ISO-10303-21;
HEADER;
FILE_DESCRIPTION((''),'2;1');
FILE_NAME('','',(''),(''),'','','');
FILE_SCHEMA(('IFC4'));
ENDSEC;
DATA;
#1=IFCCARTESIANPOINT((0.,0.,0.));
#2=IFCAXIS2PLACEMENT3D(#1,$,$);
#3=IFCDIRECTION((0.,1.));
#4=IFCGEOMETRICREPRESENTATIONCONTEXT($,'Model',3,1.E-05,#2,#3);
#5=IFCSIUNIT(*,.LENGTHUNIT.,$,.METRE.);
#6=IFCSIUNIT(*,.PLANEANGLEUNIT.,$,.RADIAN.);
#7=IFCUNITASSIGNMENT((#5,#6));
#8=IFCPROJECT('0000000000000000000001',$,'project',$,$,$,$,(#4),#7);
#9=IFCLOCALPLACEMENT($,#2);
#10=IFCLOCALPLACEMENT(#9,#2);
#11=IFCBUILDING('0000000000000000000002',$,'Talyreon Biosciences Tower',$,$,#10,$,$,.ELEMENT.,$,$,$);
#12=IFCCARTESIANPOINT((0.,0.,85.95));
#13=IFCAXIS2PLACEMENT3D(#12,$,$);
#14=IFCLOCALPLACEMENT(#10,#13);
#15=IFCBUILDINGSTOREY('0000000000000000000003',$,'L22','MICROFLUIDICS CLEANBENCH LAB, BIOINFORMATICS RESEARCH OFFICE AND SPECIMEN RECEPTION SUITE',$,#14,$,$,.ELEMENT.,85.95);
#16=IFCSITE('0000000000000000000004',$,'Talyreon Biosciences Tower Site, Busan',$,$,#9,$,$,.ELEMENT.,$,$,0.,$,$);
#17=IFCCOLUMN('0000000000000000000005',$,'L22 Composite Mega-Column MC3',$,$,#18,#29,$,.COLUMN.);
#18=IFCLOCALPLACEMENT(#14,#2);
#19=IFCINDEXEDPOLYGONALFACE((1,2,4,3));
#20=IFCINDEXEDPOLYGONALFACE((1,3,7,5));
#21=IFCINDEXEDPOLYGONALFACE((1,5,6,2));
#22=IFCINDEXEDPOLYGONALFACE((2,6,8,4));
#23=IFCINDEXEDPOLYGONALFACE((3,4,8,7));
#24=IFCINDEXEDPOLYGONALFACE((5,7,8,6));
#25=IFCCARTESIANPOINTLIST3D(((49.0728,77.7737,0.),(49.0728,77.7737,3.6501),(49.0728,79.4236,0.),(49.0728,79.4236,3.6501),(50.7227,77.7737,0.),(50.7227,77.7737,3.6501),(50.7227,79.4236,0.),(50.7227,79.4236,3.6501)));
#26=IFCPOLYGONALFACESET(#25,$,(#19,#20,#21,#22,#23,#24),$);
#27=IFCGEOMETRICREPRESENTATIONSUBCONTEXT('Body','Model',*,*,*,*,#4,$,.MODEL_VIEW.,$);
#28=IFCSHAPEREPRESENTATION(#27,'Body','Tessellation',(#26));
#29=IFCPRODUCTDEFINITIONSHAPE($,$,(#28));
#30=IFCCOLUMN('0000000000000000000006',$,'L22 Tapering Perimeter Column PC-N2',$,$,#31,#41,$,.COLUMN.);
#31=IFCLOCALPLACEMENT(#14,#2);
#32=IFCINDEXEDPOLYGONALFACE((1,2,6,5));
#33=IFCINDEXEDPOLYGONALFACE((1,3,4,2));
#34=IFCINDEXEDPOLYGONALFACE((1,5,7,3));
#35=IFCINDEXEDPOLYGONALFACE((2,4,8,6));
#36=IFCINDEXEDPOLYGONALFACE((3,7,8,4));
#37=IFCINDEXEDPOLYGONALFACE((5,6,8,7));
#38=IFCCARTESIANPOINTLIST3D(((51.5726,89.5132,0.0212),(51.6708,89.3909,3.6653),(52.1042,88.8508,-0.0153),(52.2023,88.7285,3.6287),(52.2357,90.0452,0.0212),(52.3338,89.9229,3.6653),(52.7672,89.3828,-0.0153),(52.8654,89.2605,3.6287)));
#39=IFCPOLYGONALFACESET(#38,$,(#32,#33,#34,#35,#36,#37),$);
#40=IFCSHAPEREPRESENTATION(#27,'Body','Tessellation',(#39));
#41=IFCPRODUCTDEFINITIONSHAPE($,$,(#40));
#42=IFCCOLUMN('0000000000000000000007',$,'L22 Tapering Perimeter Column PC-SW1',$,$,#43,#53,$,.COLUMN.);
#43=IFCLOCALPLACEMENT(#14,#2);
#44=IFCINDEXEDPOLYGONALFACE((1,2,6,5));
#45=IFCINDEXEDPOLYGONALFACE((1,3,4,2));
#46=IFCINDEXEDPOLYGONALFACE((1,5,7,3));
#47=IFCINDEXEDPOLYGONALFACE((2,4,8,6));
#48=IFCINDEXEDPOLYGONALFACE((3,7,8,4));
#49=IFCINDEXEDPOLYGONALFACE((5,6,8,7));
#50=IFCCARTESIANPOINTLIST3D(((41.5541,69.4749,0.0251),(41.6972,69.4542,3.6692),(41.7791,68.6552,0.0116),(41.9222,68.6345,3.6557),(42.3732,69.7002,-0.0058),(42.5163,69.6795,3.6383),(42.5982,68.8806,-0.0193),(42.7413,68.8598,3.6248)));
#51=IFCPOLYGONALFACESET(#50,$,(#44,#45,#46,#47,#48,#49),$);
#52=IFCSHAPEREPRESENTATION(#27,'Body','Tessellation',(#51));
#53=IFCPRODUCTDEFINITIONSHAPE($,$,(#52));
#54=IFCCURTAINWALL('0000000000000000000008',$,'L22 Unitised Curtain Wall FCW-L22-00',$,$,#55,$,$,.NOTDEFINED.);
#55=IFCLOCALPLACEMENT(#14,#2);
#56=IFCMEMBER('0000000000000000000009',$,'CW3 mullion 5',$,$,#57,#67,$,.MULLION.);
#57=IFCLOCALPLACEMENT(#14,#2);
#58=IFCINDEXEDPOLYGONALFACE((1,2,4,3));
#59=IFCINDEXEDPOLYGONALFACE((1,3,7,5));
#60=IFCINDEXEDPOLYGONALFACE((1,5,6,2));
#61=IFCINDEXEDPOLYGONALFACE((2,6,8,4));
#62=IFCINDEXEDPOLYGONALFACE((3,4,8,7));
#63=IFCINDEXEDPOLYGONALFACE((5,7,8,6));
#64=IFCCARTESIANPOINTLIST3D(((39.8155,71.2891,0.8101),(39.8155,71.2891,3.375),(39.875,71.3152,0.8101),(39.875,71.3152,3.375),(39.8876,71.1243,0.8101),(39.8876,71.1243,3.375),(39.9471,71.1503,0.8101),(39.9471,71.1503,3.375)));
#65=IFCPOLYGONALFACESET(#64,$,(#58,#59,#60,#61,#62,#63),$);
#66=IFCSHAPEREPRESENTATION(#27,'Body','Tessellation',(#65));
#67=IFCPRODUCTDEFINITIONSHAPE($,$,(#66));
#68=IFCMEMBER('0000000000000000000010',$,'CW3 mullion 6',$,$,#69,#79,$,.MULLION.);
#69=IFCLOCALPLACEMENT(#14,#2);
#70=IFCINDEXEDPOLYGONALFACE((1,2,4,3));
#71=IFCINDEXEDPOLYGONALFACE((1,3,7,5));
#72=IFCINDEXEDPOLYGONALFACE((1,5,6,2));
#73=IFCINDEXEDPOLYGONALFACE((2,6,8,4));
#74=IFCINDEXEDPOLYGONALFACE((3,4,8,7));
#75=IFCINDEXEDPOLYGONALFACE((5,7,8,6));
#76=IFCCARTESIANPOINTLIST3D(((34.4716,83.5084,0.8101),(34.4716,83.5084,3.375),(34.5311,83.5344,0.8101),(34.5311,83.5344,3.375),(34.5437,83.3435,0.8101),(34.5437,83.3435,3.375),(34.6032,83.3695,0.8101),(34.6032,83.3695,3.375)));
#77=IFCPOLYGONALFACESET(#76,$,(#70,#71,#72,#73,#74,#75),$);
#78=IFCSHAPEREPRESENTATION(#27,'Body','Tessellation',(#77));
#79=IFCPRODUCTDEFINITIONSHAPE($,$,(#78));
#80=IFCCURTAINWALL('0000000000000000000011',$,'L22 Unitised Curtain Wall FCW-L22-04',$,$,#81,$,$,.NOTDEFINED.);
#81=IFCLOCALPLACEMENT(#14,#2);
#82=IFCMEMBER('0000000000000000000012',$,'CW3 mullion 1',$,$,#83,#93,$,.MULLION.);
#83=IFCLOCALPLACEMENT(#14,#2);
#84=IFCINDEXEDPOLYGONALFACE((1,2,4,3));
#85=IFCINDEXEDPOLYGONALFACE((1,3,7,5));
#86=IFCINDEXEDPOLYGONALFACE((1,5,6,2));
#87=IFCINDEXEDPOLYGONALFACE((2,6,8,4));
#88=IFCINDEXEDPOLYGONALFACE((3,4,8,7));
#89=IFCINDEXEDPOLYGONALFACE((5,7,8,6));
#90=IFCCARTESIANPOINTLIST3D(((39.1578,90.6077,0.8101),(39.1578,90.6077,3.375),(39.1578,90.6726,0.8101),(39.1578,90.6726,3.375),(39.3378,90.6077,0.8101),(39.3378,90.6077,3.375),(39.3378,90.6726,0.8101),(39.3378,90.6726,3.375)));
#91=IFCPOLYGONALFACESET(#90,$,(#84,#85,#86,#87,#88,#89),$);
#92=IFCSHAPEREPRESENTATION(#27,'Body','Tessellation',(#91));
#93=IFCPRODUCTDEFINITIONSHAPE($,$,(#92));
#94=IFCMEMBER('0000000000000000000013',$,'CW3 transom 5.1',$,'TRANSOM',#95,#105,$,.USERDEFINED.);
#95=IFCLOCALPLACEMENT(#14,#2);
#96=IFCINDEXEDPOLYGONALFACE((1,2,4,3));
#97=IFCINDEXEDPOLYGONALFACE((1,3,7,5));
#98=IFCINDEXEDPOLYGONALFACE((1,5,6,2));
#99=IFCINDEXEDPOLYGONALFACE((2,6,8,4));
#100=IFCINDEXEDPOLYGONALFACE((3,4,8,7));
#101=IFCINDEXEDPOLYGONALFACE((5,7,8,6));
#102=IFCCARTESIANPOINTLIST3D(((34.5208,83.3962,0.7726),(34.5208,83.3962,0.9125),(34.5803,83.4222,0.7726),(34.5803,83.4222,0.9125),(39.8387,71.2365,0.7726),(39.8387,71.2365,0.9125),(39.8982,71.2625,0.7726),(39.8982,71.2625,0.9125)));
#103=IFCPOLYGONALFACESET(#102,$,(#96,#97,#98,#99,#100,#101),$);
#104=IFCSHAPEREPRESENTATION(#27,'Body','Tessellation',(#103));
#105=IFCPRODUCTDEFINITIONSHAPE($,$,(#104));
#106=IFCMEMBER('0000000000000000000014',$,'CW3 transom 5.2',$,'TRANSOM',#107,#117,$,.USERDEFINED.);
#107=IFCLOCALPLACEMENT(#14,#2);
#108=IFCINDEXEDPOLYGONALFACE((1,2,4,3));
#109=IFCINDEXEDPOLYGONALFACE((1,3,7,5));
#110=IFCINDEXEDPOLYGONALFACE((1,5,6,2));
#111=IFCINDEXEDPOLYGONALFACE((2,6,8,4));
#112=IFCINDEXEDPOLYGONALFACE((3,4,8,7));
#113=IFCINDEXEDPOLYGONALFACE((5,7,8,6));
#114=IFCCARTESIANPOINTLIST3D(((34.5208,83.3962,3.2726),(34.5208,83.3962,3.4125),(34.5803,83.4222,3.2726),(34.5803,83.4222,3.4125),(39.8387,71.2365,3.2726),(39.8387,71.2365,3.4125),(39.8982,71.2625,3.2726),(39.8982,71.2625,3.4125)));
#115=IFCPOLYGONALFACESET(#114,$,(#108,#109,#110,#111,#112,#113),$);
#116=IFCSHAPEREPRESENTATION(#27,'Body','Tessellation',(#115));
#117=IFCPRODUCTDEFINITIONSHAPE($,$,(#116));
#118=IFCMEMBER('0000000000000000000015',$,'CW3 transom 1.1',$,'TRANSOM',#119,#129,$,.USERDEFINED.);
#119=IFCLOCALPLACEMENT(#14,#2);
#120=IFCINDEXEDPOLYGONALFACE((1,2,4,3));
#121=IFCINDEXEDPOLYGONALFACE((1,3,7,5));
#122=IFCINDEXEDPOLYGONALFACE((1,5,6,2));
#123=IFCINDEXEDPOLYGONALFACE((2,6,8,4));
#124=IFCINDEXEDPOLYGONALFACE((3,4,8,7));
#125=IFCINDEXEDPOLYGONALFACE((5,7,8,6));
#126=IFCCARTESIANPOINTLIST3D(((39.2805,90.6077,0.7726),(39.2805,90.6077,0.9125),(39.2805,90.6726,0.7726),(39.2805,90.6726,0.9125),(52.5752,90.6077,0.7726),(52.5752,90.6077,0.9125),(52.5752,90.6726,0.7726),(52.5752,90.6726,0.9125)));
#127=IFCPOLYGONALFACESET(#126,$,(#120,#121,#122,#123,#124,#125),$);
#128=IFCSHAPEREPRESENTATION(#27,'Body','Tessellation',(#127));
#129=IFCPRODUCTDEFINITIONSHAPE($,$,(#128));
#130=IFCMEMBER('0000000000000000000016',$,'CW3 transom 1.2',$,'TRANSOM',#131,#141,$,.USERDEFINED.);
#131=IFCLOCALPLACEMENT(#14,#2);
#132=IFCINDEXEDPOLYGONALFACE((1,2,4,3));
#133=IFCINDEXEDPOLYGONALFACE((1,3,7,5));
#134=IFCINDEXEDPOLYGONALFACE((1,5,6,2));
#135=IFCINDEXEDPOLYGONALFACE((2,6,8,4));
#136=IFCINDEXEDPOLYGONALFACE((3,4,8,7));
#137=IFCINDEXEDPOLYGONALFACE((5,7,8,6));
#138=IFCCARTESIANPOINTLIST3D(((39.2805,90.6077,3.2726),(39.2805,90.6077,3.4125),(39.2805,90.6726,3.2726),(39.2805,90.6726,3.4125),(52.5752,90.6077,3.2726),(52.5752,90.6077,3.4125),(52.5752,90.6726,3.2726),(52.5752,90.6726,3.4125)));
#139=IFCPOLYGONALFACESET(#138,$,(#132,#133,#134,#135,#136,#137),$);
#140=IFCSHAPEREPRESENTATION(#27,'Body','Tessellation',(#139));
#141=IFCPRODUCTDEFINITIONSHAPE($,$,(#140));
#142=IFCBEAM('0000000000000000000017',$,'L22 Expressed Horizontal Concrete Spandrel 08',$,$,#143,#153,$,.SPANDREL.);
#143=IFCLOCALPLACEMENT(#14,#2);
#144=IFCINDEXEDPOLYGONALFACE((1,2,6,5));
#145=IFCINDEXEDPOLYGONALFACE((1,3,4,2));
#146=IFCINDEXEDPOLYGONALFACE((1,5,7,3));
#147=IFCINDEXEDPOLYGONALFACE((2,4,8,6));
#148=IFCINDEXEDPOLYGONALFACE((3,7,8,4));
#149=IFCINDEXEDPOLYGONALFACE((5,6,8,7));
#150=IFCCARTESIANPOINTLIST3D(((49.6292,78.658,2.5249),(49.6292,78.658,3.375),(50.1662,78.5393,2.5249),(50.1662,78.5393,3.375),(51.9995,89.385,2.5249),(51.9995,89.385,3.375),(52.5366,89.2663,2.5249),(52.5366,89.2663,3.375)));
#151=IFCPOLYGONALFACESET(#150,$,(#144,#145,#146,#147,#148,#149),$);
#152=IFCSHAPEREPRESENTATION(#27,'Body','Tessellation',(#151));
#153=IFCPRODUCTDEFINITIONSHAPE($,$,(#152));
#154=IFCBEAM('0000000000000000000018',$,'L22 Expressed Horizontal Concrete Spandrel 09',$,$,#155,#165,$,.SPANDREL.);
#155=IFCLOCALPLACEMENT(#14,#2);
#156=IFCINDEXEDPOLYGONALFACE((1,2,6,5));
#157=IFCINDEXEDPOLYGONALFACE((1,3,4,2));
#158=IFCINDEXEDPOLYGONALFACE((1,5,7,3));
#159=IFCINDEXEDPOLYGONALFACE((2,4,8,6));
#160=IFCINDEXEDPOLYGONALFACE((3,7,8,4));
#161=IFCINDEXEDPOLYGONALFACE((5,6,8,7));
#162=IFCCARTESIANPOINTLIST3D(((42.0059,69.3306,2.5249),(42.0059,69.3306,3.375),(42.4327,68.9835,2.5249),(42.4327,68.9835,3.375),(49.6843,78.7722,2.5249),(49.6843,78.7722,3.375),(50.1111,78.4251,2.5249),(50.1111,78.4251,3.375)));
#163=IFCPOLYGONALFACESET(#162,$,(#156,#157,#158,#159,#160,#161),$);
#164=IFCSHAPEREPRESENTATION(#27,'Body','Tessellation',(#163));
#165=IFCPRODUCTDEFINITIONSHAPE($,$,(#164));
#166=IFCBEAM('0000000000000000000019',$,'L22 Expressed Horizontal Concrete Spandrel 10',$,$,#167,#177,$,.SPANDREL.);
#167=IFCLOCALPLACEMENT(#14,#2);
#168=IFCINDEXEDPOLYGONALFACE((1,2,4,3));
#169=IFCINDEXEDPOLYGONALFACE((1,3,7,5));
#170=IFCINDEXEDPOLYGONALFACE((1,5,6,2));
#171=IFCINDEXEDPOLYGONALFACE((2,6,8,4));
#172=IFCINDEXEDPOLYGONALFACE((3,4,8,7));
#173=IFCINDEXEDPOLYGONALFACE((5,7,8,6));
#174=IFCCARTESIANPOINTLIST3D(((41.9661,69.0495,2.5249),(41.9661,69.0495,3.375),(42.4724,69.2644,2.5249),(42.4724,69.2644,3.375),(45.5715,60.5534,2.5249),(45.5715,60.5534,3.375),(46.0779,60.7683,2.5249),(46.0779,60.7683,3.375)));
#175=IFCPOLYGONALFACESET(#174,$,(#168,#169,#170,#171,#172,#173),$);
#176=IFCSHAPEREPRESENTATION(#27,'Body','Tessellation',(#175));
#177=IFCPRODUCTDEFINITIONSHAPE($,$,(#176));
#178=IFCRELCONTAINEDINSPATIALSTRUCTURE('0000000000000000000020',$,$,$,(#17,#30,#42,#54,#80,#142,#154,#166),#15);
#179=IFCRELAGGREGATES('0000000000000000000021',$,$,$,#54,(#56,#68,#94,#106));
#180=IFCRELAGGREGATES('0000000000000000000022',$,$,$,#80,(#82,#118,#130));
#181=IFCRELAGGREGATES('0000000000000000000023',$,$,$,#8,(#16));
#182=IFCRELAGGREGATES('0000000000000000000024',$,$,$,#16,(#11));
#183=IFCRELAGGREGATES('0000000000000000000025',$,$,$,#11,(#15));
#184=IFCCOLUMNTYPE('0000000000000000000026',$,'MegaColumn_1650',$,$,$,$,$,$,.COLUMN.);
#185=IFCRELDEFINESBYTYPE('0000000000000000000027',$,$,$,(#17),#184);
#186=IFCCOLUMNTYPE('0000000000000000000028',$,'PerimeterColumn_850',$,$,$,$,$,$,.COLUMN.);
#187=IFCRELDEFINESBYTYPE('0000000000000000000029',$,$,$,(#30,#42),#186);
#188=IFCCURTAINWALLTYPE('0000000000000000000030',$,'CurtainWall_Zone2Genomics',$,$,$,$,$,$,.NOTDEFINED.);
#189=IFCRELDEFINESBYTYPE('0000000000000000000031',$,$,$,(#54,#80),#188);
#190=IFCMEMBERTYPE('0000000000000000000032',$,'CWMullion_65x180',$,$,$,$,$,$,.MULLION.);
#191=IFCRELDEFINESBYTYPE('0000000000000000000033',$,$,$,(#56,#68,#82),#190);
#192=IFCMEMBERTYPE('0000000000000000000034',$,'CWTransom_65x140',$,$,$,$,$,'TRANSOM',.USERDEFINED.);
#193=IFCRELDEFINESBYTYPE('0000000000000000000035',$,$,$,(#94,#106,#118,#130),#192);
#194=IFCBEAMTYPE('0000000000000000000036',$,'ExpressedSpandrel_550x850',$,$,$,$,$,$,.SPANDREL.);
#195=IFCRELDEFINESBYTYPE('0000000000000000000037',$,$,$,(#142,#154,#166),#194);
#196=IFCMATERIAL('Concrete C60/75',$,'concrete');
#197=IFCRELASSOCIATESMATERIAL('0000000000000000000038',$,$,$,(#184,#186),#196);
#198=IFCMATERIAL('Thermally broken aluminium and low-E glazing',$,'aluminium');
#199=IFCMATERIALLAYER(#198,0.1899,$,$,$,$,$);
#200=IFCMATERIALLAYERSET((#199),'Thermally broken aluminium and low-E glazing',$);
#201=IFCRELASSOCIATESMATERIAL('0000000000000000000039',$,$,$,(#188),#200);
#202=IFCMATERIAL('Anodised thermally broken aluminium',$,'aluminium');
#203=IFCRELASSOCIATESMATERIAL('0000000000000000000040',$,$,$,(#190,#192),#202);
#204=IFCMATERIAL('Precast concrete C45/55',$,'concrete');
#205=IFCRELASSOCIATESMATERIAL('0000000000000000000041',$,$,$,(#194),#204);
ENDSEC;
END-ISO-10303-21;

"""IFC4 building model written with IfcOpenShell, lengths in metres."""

from ifc_helpers import new_model, si_unit, direction, frame, origin, origin_2d, place, context, subcontext, project, spatial, rectangle, extrude, material, layer, layer_set, material_profile, profile_set, type_object, element, aggregate, save


model = new_model("IFC4")

# Units and contexts
model_context = context("Model", 3, precision=1e-05, world=origin(), true_north=direction((0.0, 1.0)))
body_context = subcontext(model_context, "Body", "Model", "MODEL_VIEW")
ifc_project = project(units=[si_unit("LENGTHUNIT", "METRE"), si_unit("PLANEANGLEUNIT", "RADIAN")], contexts=[model_context])

# Site, building, storey
site_placement = place(None, origin())
site = spatial("IfcSite", under=ifc_project, at=site_placement, Name="Talyreon Biosciences Tower Site, Busan", CompositionType="ELEMENT", RefElevation=0.0)
building_placement = place(site_placement, origin())
building = spatial("IfcBuilding", under=site, at=building_placement, Name="Talyreon Biosciences Tower", CompositionType="ELEMENT")
storey_placement = place(building_placement, frame((0.0, 0.0, 85.95)))
storey = spatial("IfcBuildingStorey", under=building, at=storey_placement, Name="L22", Description="MICROFLUIDICS CLEANBENCH LAB, BIOINFORMATICS RESEARCH OFFICE AND SPECIMEN RECEPTION SUITE", CompositionType="ELEMENT", Elevation=85.95)

# Columns
ifc_material_1 = material(Name="Concrete C60/75", Category="concrete")
ifc_material_profile_1 = material_profile(ifc_material_1, rectangle(XDim=1.6499, YDim=1.6499, at=origin_2d()), Name="RC 1650x1650")
ifc_profile_set_1 = profile_set([ifc_material_profile_1], Name="Concrete C60/75")
column_type_1 = type_object("IfcColumnType", Name="MegaColumn_1650", PredefinedType="COLUMN", material=ifc_profile_set_1)
column_1_placement = place(storey_placement, frame((49.8977, 78.5986, 0.0), z_axis=(0.0, 0.0, 1.0), x_axis=(1.0, 0.0, 0.0)))
element("IfcColumn", 1, at=column_1_placement, inside=storey, type_object=column_type_1, Name="L22 Composite Mega-Column MC3", PredefinedType="COLUMN", context=body_context, shape_type="SweptSolid", body=[
    extrude(rectangle(XDim=1.6499, YDim=1.6499, at=origin_2d()), origin(), (0.0, 0.0, 1.0), 3.6501),
])
ifc_material_profile_2 = material_profile(ifc_material_1, rectangle(XDim=0.8501, YDim=0.8501, at=origin_2d()), Name="RC 850x850")
ifc_profile_set_2 = profile_set([ifc_material_profile_2], Name="Concrete C60/75")
column_type_2 = type_object("IfcColumnType", Name="PerimeterColumn_850", PredefinedType="COLUMN", material=ifc_profile_set_2)
column_2_placement = place(storey_placement, frame((52.1699, 89.448, 0.0029), z_axis=(0.026908, -0.033535, 0.999075), x_axis=(-0.779957, -0.625834, 0.0)))
element("IfcColumn", 2, at=column_2_placement, inside=storey, type_object=column_type_2, Name="L22 Tapering Perimeter Column PC-N2", PredefinedType="COLUMN", context=body_context, shape_type="SweptSolid", body=[
    extrude(rectangle(XDim=0.8501, YDim=0.8501, at=origin_2d()), origin(), (0.0, 0.0, 1.0), 3.6475),
])
column_3_placement = place(storey_placement, frame((42.0762, 69.1777, 0.0029), z_axis=(0.039229, -0.00569, 0.999214), x_axis=(0.963546, 0.265066, -0.03632)))
element("IfcColumn", 3, at=column_3_placement, inside=storey, type_object=column_type_2, Name="L22 Tapering Perimeter Column PC-SW1", PredefinedType="COLUMN", context=body_context, shape_type="SweptSolid", body=[
    extrude(rectangle(XDim=0.8501, YDim=0.8501, at=origin_2d()), origin(), (0.0, 0.0, 1.0), 3.647),
])

# Curtain wall, members
ifc_material_2 = material(Name="Thermally broken aluminium and low-E glazing", Category="aluminium")
ifc_layer_1 = layer(ifc_material_2, 0.1899)
ifc_layer_set_1 = layer_set([ifc_layer_1], Name="Thermally broken aluminium and low-E glazing")
curtain_wall_type = type_object("IfcCurtainWallType", Name="CurtainWall_Zone2Genomics", PredefinedType="NOTDEFINED", material=ifc_layer_set_1)
curtain_wall_1_placement = place(storey_placement, origin())
curtain_wall_1 = element("IfcCurtainWall", 4, at=curtain_wall_1_placement, inside=storey, type_object=curtain_wall_type, Name="L22 Unitised Curtain Wall FCW-L22-00", PredefinedType="NOTDEFINED")
ifc_material_3 = material(Name="Anodised thermally broken aluminium", Category="aluminium")
ifc_material_profile_3 = material_profile(ifc_material_3, rectangle(XDim=0.0649, YDim=0.1799, at=origin_2d()), Name="ALUM MULLION 65x180")
ifc_profile_set_3 = profile_set([ifc_material_profile_3], Name="Anodised thermally broken aluminium")
member_type_1 = type_object("IfcMemberType", Name="CWMullion_65x180", PredefinedType="MULLION", material=ifc_profile_set_3)
member_1_placement = place(storey_placement, frame((39.8813, 71.2197, 0.8101), z_axis=(0.0, 0.0, 1.0), x_axis=(-0.916214, -0.400689, 0.0)))
member_1 = element("IfcMember", 5, at=member_1_placement, type_object=member_type_1, Name="CW3 mullion 5", PredefinedType="MULLION", context=body_context, shape_type="SweptSolid", body=[
    extrude(rectangle(XDim=0.0649, YDim=0.1799, at=origin_2d()), origin(), (0.0, 0.0, 1.0), 2.5649),
])
member_2_placement = place(storey_placement, frame((34.5374, 83.439, 0.8101), z_axis=(0.0, 0.0, 1.0), x_axis=(-0.916214, -0.400689, 0.0)))
member_2 = element("IfcMember", 6, at=member_2_placement, type_object=member_type_1, Name="CW3 mullion 6", PredefinedType="MULLION", context=body_context, shape_type="SweptSolid", body=[
    extrude(rectangle(XDim=0.0649, YDim=0.1799, at=origin_2d()), origin(), (0.0, 0.0, 1.0), 2.5649),
])

# Curtain wall, member
curtain_wall_2_placement = place(storey_placement, origin())
curtain_wall_2 = element("IfcCurtainWall", 7, at=curtain_wall_2_placement, inside=storey, type_object=curtain_wall_type, Name="L22 Unitised Curtain Wall FCW-L22-04", PredefinedType="NOTDEFINED")
member_3_placement = place(storey_placement, frame((39.2478, 90.6401, 0.8101), z_axis=(0.0, 0.0, 1.0), x_axis=(0.0, 1.0, 0.0)))
member_3 = element("IfcMember", 8, at=member_3_placement, type_object=member_type_1, Name="CW3 mullion 1", PredefinedType="MULLION", context=body_context, shape_type="SweptSolid", body=[
    extrude(rectangle(XDim=0.0649, YDim=0.1799, at=origin_2d()), origin(), (0.0, 0.0, 1.0), 2.5649),
])

# Members
ifc_material_profile_4 = material_profile(ifc_material_3, rectangle(XDim=0.0649, YDim=0.1399, at=origin_2d()), Name="ALUM TRANSOM 65x140")
ifc_profile_set_4 = profile_set([ifc_material_profile_4], Name="Anodised thermally broken aluminium")
member_type_2 = type_object("IfcMemberType", Name="CWTransom_65x140", ElementType="TRANSOM", PredefinedType="USERDEFINED", material=ifc_profile_set_4)
member_4_placement = place(storey_placement, frame((39.8684, 71.2495, 0.8425), z_axis=(-0.400693, 0.916212, 0.0), x_axis=(-0.916212, -0.400693, 0.0)))
member_4 = element("IfcMember", 9, at=member_4_placement, type_object=member_type_2, Name="CW3 transom 5.1", ObjectType="TRANSOM", PredefinedType="USERDEFINED", context=body_context, shape_type="SweptSolid", body=[
    extrude(rectangle(XDim=0.0649, YDim=0.1399, at=origin_2d()), origin(), (0.0, 0.0, 1.0), 13.2717),
])
member_5_placement = place(storey_placement, frame((39.8684, 71.2495, 3.3425), z_axis=(-0.400693, 0.916212, 0.0), x_axis=(-0.916212, -0.400693, 0.0)))
member_5 = element("IfcMember", 10, at=member_5_placement, type_object=member_type_2, Name="CW3 transom 5.2", ObjectType="TRANSOM", PredefinedType="USERDEFINED", context=body_context, shape_type="SweptSolid", body=[
    extrude(rectangle(XDim=0.0649, YDim=0.1399, at=origin_2d()), origin(), (0.0, 0.0, 1.0), 13.2717),
])
member_6_placement = place(storey_placement, frame((39.2805, 90.6401, 0.8425), z_axis=(1.0, 0.0, 0.0), x_axis=(0.0, 1.0, 0.0)))
member_6 = element("IfcMember", 11, at=member_6_placement, type_object=member_type_2, Name="CW3 transom 1.1", ObjectType="TRANSOM", PredefinedType="USERDEFINED", context=body_context, shape_type="SweptSolid", body=[
    extrude(rectangle(XDim=0.0649, YDim=0.1399, at=origin_2d()), origin(), (0.0, 0.0, 1.0), 13.2947),
])
member_7_placement = place(storey_placement, frame((39.2805, 90.6401, 3.3425), z_axis=(1.0, 0.0, 0.0), x_axis=(0.0, 1.0, 0.0)))
member_7 = element("IfcMember", 12, at=member_7_placement, type_object=member_type_2, Name="CW3 transom 1.2", ObjectType="TRANSOM", PredefinedType="USERDEFINED", context=body_context, shape_type="SweptSolid", body=[
    extrude(rectangle(XDim=0.0649, YDim=0.1399, at=origin_2d()), origin(), (0.0, 0.0, 1.0), 13.2947),
])

# Beams
ifc_material_4 = material(Name="Precast concrete C45/55", Category="concrete")
ifc_material_profile_5 = material_profile(ifc_material_4, rectangle(XDim=0.55, YDim=0.8501, at=origin_2d()), Name="RCB 550x850")
ifc_profile_set_5 = profile_set([ifc_material_profile_5], Name="Precast concrete C45/55")
beam_type_1 = type_object("IfcBeamType", Name="ExpressedSpandrel_550x850", PredefinedType="SPANDREL", material=ifc_profile_set_5)
beam_1_placement = place(storey_placement, frame((52.2681, 89.3257, 2.95), z_axis=(-0.215766, -0.976445, 0.0), x_axis=(0.976445, -0.215766, 0.0)))
element("IfcBeam", 13, at=beam_1_placement, inside=storey, type_object=beam_type_1, Name="L22 Expressed Horizontal Concrete Spandrel 08", PredefinedType="SPANDREL", context=body_context, shape_type="SweptSolid", body=[
    extrude(rectangle(XDim=0.55, YDim=0.8501, at=origin_2d()), origin(), (0.0, 0.0, 1.0), 10.9858),
])
beam_2_placement = place(storey_placement, frame((49.8977, 78.5986, 2.95), z_axis=(-0.630945, -0.775827, 0.0), x_axis=(0.775827, -0.630945, 0.0)))
element("IfcBeam", 14, at=beam_2_placement, inside=storey, type_object=beam_type_1, Name="L22 Expressed Horizontal Concrete Spandrel 09", PredefinedType="SPANDREL", context=body_context, shape_type="SweptSolid", body=[
    extrude(rectangle(XDim=0.55, YDim=0.8501, at=origin_2d()), origin(), (0.0, 0.0, 1.0), 12.1697),
])
beam_3_placement = place(storey_placement, frame((42.2192, 69.157, 2.95), z_axis=(0.390648, -0.92054, 0.0), x_axis=(0.92054, 0.390648, 0.0)))
element("IfcBeam", 15, at=beam_3_placement, inside=storey, type_object=beam_type_1, Name="L22 Expressed Horizontal Concrete Spandrel 10", PredefinedType="SPANDREL", context=body_context, shape_type="SweptSolid", body=[
    extrude(rectangle(XDim=0.55, YDim=0.8501, at=origin_2d()), origin(), (0.0, 0.0, 1.0), 9.2295),
])

aggregate(curtain_wall_1, [member_1, member_2, member_4, member_5])
aggregate(curtain_wall_2, [member_3, member_6, member_7])

save(model, "model.ifc")
